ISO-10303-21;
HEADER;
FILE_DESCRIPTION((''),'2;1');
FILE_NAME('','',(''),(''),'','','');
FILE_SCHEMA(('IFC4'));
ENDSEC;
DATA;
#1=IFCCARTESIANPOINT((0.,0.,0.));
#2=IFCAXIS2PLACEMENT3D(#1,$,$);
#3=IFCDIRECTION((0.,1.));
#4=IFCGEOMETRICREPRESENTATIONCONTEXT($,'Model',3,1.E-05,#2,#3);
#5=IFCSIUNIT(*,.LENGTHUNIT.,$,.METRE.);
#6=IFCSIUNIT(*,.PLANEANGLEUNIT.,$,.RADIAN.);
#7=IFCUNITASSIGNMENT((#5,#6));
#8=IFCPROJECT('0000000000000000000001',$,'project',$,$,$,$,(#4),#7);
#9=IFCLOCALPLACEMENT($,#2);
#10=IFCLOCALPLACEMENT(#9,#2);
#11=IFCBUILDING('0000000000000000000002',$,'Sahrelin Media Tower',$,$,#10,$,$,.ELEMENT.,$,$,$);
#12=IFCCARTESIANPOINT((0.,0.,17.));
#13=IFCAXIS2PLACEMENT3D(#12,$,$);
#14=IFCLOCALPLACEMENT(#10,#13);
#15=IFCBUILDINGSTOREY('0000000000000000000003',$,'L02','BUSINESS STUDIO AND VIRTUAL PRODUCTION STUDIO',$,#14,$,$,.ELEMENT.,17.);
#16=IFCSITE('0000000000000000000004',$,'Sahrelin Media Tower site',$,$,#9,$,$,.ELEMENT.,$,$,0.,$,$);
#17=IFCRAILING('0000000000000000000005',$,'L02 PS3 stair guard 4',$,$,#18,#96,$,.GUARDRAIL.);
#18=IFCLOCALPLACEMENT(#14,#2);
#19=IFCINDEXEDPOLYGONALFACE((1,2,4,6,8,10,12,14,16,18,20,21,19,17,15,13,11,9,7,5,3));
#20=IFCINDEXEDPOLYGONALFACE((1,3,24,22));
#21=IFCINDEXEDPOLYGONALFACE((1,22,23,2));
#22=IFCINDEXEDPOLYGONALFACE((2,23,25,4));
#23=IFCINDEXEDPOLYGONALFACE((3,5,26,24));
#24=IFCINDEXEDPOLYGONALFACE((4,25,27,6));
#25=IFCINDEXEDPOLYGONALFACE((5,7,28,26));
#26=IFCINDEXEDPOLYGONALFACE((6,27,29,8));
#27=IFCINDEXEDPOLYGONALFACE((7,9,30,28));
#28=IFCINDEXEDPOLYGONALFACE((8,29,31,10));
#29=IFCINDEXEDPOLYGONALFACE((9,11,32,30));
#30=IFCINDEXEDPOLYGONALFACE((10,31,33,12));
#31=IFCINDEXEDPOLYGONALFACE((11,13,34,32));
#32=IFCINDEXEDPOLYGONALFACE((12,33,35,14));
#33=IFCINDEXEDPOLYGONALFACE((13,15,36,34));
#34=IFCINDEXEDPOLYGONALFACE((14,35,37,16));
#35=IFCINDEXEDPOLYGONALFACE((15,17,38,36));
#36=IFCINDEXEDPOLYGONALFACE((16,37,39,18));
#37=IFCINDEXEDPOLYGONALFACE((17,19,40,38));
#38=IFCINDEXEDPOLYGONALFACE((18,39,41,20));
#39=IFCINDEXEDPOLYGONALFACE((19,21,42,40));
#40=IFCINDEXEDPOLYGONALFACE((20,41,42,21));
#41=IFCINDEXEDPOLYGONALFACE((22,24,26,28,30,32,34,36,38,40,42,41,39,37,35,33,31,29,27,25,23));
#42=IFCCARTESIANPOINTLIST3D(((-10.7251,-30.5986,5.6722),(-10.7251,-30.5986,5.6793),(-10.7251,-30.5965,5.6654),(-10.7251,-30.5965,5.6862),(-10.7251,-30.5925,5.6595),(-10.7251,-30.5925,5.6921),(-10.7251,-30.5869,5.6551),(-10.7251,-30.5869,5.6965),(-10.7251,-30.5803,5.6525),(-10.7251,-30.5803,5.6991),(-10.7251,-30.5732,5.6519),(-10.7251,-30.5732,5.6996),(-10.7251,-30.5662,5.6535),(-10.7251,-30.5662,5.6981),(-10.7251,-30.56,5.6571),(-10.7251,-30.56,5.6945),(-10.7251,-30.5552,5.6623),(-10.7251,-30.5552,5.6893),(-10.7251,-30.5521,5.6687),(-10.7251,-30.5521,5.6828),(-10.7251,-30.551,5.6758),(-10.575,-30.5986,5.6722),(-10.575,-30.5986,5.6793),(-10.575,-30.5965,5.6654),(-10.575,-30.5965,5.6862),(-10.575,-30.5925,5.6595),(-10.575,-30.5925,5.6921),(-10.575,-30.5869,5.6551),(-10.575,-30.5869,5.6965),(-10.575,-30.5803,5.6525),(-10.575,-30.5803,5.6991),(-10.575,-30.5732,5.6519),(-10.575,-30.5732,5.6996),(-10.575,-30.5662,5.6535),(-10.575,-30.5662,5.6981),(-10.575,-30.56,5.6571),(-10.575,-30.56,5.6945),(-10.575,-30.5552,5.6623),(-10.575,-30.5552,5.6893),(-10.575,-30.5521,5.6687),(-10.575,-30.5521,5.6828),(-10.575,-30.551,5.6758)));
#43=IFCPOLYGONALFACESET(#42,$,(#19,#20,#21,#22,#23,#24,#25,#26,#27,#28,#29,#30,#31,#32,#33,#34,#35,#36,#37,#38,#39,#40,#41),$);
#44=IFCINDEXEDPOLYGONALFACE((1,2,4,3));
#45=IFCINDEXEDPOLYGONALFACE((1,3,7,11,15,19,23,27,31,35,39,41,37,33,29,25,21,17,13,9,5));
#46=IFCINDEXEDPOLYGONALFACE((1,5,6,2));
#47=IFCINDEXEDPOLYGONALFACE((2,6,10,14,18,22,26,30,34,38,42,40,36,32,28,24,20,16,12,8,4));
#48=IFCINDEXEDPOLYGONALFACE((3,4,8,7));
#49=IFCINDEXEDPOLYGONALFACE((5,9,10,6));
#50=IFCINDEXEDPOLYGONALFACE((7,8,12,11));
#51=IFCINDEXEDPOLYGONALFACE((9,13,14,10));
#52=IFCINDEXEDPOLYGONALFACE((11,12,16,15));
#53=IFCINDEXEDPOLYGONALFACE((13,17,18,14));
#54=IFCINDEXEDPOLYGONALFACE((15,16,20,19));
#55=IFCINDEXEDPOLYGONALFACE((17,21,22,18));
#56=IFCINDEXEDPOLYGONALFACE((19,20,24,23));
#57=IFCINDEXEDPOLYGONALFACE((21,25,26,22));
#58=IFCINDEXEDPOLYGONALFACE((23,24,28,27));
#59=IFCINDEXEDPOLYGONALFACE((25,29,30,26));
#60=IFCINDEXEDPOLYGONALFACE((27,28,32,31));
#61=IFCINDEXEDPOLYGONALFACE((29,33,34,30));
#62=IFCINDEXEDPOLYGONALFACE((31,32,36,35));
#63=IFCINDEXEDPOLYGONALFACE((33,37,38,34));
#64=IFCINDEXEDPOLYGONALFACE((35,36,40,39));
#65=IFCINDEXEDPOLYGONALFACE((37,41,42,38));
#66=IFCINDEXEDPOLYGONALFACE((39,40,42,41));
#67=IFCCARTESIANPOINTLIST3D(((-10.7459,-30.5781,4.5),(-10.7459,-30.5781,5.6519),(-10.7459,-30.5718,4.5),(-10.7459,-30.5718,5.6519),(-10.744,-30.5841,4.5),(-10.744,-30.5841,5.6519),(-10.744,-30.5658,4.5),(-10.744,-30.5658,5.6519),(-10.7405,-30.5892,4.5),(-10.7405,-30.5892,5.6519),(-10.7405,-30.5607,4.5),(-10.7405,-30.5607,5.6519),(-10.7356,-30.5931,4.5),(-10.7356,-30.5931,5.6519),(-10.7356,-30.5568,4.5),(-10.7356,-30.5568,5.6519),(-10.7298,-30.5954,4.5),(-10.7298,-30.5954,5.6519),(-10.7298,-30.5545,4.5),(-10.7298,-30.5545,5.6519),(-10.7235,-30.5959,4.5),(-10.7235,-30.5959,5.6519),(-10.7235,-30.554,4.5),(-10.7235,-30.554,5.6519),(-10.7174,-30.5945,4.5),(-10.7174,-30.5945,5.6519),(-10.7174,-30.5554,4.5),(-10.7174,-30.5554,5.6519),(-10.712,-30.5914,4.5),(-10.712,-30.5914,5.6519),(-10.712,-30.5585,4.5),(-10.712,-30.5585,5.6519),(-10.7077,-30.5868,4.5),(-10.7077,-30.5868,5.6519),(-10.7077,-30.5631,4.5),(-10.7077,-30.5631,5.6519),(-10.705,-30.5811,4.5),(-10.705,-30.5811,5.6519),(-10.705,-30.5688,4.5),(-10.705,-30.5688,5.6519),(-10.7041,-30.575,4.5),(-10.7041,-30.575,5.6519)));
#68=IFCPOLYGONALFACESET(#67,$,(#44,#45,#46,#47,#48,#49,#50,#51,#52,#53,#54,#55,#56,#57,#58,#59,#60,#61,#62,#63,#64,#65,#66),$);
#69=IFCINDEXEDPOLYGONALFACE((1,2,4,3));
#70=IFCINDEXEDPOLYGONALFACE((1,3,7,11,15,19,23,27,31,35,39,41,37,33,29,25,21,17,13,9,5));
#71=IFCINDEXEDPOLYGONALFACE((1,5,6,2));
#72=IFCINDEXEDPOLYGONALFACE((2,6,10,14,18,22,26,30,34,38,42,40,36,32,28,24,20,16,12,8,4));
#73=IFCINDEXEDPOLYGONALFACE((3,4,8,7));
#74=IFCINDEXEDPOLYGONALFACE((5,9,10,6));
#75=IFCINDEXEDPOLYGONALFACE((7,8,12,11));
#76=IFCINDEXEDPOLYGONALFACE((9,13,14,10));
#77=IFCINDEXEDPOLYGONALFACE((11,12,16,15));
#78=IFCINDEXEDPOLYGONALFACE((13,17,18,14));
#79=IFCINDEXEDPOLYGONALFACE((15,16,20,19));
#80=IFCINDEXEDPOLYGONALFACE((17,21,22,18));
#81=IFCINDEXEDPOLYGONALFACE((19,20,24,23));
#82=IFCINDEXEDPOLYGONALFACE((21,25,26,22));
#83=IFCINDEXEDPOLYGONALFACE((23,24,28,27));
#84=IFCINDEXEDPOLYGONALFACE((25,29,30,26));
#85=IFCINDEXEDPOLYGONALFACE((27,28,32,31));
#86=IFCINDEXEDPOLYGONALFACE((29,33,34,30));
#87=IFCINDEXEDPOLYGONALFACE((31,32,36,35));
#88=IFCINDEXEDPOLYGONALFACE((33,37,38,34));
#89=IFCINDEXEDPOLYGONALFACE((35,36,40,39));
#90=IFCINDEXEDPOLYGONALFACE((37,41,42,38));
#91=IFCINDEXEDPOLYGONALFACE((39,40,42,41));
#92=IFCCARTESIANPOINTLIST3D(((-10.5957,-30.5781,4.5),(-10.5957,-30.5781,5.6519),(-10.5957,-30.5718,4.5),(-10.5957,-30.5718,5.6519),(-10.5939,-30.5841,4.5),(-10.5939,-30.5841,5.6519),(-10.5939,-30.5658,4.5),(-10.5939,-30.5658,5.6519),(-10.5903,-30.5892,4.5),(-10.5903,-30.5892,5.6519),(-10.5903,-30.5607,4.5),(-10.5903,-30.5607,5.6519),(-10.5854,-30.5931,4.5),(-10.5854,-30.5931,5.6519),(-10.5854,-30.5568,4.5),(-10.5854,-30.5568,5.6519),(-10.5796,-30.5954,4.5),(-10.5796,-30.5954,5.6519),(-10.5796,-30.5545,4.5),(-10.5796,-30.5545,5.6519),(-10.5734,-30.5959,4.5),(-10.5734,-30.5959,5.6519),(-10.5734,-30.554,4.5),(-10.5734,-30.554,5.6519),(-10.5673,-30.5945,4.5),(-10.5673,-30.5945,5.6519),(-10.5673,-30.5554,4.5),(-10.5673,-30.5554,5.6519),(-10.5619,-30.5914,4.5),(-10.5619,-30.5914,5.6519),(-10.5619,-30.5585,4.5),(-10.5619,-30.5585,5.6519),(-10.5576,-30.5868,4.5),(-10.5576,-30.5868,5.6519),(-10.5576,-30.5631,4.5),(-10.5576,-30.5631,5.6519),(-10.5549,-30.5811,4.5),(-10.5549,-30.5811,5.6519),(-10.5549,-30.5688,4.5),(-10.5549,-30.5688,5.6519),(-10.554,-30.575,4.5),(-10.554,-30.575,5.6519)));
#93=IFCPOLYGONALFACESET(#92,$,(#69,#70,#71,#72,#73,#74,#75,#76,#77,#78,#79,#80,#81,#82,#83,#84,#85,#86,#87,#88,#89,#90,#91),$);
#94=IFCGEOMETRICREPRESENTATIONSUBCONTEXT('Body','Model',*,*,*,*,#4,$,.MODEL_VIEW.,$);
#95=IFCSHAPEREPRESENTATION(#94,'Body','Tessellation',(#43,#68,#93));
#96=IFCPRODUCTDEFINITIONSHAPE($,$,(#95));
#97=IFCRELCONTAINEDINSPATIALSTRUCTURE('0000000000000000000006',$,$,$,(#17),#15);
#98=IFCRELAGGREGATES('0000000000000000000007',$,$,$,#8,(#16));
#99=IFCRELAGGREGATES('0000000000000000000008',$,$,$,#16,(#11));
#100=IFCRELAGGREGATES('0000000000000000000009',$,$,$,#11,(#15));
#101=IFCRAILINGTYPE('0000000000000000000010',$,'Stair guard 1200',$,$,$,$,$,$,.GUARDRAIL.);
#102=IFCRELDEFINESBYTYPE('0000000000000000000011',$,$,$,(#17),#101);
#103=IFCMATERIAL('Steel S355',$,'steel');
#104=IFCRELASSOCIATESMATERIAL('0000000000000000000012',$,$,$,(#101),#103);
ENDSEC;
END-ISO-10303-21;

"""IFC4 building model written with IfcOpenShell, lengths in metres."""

from ifc_helpers import new_model, si_unit, direction, frame, origin, origin_2d, place, context, subcontext, project, spatial, circle, extrude, material, type_object, element, save


model = new_model("IFC4")

# Units and contexts
model_context = context("Model", 3, precision=1e-05, world=origin(), true_north=direction((0.0, 1.0)))
body_context = subcontext(model_context, "Body", "Model", "MODEL_VIEW")
ifc_project = project(units=[si_unit("LENGTHUNIT", "METRE"), si_unit("PLANEANGLEUNIT", "RADIAN")], contexts=[model_context])

# Site, building, storey
site_placement = place(None, origin())
site = spatial("IfcSite", under=ifc_project, at=site_placement, Name="Sahrelin Media Tower site", CompositionType="ELEMENT", RefElevation=0.0)
building_placement = place(site_placement, origin())
building = spatial("IfcBuilding", under=site, at=building_placement, Name="Sahrelin Media Tower", CompositionType="ELEMENT")
storey_placement = place(building_placement, frame((0.0, 0.0, 17.0)))
storey = spatial("IfcBuildingStorey", under=building, at=storey_placement, Name="L02", Description="BUSINESS STUDIO AND VIRTUAL PRODUCTION STUDIO", CompositionType="ELEMENT", Elevation=17.0)

# Shared definitions
ifc_material_1 = material(Name="Steel S355", Category="steel")

# Railing
railing_type_1 = type_object("IfcRailingType", Name="Stair guard 1200", PredefinedType="GUARDRAIL", material=ifc_material_1)
railing_1_placement = place(storey_placement, frame((-10.7251, -30.575, 4.5)))
element("IfcRailing", 1, at=railing_1_placement, inside=storey, type_object=railing_type_1, Name="L02 PS3 stair guard 4", PredefinedType="GUARDRAIL", context=body_context, shape_type="SweptSolid", body=[
    extrude(circle(Radius=0.0239, at=origin_2d()), frame((0.0, 0.0, 1.1758), z_axis=(1.0, 0.0, 0.0), x_axis=(0.0, 1.0, 0.0)), (0.0, 0.0, 1.0), 0.1501),
    extrude(circle(Radius=0.021, at=origin_2d()), origin(), (0.0, 0.0, 1.0), 1.1519),
    extrude(circle(Radius=0.021, at=origin_2d()), frame((0.1501, 0.0, 0.0)), (0.0, 0.0, 1.0), 1.1519),
])

save(model, "model.ifc")
